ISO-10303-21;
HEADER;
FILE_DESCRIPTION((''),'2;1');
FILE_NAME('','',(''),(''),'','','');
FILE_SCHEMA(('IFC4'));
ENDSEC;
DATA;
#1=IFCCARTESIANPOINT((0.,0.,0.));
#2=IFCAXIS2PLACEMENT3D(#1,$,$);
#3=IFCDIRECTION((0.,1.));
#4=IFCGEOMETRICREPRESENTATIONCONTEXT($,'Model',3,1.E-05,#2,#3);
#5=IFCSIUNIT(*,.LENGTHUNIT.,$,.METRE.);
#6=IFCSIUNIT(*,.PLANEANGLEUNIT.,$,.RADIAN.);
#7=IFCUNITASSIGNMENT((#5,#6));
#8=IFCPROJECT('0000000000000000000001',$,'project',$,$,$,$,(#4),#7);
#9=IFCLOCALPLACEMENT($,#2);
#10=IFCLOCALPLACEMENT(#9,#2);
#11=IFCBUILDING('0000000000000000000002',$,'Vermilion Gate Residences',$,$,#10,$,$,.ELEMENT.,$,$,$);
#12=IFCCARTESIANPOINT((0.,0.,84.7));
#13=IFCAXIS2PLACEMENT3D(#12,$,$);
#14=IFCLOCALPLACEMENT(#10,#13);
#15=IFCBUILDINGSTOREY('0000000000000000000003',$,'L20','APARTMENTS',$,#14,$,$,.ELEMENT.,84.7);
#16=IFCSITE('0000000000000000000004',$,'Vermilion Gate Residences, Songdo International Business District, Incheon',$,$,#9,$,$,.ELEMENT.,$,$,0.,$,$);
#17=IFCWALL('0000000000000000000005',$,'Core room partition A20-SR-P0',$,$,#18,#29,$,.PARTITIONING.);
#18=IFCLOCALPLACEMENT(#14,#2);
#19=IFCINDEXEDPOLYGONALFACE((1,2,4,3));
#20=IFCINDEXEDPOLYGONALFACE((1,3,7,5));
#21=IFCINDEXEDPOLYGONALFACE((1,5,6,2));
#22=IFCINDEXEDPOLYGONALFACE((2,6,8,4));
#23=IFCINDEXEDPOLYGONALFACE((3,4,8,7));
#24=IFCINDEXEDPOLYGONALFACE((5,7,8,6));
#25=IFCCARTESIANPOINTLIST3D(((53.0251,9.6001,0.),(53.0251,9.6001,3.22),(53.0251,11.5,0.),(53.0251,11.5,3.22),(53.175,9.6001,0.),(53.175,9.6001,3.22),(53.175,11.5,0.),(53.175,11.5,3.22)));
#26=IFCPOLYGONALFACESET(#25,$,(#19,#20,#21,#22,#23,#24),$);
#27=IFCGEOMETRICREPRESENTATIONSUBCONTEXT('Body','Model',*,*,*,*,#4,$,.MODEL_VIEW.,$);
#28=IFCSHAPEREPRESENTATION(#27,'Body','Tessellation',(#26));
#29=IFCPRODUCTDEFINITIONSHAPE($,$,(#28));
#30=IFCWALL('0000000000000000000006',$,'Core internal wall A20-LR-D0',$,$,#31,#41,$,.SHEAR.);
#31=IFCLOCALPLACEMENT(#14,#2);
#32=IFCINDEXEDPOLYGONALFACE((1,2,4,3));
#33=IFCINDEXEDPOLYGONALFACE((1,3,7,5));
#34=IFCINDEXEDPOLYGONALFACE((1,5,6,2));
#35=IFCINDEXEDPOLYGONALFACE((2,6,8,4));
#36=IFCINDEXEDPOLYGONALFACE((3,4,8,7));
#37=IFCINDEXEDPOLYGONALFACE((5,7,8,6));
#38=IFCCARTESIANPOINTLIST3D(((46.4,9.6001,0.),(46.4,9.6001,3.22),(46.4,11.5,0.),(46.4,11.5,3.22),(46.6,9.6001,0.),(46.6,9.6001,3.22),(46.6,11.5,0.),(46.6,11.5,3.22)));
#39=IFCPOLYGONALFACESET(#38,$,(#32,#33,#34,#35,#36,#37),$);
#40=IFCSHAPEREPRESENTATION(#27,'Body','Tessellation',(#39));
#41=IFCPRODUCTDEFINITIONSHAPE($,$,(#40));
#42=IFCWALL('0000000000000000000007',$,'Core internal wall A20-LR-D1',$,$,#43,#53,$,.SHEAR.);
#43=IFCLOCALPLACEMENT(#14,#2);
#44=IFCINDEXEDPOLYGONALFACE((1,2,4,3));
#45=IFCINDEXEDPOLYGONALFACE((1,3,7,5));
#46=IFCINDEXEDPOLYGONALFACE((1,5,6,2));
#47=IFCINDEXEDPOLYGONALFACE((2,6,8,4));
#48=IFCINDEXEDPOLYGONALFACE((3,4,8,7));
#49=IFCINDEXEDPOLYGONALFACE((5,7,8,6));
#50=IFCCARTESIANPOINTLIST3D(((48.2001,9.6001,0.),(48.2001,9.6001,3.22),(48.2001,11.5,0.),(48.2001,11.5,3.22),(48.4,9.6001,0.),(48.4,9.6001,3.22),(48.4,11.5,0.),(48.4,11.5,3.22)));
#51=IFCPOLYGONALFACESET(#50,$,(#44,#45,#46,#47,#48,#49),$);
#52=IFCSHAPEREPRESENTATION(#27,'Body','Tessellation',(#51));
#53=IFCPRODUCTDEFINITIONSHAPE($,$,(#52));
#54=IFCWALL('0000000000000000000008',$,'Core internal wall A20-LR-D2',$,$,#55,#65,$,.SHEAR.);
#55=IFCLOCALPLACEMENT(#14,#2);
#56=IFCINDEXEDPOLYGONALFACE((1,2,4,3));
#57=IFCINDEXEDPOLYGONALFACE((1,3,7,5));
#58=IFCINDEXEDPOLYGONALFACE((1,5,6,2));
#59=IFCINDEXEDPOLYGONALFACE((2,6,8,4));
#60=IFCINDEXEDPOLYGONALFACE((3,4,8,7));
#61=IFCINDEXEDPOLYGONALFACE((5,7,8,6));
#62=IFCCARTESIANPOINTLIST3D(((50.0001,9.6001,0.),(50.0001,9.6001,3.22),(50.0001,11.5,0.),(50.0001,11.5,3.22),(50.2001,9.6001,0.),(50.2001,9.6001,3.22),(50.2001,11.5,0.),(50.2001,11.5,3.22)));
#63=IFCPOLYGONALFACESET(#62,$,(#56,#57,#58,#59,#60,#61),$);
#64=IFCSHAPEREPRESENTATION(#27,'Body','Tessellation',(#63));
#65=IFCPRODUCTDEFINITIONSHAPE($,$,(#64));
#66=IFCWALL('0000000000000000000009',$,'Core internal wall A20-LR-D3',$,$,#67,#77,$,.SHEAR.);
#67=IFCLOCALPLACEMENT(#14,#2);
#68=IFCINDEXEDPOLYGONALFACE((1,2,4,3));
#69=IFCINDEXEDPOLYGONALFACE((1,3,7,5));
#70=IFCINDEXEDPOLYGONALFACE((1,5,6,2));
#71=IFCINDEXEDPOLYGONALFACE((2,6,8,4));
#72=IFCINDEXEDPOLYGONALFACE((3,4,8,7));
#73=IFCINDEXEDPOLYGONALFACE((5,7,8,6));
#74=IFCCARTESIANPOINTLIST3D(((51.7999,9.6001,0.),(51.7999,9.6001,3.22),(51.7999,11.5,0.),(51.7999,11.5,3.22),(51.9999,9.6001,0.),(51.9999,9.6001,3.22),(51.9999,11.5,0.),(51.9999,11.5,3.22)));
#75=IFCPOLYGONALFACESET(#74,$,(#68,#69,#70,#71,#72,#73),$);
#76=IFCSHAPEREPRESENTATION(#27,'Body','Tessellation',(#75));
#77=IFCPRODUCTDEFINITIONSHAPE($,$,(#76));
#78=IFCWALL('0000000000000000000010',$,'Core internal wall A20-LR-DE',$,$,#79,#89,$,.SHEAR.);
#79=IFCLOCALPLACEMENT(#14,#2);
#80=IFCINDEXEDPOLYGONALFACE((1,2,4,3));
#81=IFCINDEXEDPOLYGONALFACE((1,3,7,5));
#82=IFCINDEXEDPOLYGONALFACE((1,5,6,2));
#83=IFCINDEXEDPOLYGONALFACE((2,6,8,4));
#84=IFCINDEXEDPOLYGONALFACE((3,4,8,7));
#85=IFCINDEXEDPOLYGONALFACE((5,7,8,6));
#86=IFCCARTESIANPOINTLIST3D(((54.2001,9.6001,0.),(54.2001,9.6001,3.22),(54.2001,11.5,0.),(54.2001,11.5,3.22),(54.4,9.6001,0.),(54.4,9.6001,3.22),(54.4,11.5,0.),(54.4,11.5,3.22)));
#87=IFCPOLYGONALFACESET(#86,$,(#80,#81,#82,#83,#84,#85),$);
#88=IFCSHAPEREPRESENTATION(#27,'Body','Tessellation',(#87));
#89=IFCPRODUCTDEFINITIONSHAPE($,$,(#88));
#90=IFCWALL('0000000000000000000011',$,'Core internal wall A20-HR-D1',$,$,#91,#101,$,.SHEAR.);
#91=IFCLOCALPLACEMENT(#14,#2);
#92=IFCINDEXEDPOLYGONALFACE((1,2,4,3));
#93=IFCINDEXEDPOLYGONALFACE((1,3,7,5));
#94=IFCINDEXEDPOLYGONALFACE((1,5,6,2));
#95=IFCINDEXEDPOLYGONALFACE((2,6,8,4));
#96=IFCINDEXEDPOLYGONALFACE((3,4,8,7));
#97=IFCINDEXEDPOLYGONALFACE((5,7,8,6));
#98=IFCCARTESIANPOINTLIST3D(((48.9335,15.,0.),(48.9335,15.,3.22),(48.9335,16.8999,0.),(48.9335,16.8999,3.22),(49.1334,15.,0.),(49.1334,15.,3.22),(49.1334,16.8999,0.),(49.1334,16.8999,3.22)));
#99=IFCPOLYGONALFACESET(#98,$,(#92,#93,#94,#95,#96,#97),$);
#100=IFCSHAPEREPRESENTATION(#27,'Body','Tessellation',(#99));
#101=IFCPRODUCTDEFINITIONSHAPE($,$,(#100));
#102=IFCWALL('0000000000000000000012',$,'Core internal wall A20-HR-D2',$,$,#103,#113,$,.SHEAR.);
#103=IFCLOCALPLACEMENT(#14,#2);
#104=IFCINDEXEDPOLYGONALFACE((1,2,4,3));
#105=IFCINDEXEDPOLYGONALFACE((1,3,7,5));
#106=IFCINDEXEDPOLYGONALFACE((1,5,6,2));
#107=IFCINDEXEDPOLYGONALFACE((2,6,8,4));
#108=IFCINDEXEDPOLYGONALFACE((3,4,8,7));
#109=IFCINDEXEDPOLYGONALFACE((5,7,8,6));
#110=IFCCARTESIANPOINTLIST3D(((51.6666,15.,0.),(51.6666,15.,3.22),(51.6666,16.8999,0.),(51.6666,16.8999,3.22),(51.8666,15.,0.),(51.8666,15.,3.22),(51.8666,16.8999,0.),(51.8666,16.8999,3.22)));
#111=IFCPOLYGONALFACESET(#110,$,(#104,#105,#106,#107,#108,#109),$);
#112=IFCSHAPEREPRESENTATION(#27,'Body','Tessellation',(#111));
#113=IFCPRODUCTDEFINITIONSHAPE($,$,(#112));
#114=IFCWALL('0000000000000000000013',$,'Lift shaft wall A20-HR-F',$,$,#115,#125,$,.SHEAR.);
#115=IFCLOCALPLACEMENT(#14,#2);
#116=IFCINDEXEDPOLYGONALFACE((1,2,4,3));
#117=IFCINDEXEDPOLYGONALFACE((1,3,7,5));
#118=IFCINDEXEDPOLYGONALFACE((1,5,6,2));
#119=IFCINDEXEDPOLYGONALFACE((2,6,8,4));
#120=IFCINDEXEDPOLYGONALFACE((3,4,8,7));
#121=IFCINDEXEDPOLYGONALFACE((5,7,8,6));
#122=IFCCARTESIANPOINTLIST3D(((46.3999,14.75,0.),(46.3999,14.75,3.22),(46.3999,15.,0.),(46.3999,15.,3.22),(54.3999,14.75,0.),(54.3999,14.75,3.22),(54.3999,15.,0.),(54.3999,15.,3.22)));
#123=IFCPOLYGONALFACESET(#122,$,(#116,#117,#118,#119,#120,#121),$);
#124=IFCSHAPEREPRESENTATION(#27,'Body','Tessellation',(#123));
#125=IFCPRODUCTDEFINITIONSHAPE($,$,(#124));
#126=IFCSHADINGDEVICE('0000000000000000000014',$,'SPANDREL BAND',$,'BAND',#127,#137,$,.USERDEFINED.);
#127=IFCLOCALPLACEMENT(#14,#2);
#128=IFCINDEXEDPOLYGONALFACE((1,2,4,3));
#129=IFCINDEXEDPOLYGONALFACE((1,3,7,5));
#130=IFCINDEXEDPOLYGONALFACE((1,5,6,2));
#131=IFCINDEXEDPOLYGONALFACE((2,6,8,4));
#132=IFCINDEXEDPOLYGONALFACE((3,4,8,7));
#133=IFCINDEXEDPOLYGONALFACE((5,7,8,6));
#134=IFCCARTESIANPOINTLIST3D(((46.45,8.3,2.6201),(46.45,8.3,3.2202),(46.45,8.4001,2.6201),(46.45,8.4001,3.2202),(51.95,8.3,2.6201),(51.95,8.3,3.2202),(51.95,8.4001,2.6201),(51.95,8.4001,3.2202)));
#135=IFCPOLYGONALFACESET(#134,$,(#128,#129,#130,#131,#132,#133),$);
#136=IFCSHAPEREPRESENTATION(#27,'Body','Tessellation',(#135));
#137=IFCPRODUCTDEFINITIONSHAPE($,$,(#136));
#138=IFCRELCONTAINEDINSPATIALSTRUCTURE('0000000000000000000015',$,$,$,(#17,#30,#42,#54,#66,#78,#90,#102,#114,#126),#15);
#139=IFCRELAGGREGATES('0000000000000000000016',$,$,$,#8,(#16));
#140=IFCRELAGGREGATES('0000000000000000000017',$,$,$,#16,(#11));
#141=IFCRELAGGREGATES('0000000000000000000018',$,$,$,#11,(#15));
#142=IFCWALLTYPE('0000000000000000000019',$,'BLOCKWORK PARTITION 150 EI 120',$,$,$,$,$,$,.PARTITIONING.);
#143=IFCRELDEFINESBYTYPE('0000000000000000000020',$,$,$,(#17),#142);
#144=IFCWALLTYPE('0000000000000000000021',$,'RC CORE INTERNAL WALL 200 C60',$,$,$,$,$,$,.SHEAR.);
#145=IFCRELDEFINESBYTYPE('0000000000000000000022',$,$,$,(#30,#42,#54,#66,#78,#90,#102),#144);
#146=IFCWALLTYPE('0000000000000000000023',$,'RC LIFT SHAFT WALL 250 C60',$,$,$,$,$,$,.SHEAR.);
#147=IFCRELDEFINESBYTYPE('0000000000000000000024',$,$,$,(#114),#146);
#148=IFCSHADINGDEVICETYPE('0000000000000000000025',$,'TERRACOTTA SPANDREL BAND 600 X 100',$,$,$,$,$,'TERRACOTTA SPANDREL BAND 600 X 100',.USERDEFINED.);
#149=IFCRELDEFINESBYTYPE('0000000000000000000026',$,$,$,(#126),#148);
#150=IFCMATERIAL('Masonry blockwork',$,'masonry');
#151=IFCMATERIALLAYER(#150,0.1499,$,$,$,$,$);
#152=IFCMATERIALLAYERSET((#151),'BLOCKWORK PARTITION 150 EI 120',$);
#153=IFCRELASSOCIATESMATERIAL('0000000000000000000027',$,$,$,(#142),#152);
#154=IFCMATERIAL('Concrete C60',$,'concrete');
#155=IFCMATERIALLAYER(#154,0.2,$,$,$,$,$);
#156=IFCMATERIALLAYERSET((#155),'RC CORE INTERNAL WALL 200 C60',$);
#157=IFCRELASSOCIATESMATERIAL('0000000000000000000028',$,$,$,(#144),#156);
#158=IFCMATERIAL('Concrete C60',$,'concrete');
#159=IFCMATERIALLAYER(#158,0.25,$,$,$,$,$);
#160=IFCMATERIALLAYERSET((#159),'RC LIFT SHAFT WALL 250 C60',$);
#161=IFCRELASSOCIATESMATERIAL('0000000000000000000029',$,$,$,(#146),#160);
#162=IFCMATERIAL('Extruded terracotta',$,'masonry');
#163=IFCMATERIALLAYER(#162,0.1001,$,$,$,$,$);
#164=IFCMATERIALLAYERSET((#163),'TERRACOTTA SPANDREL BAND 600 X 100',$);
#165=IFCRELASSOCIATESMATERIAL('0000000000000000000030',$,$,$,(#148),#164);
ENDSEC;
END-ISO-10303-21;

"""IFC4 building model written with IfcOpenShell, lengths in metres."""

from ifc_helpers import new_model, si_unit, direction, frame, frame_2d, origin, origin_2d, place, context, subcontext, project, spatial, rectangle, extrude, material, layer, layer_set, type_object, element, save


model = new_model("IFC4")

# Units and contexts
model_context = context("Model", 3, precision=1e-05, world=origin(), true_north=direction((0.0, 1.0)))
body_context = subcontext(model_context, "Body", "Model", "MODEL_VIEW")
ifc_project = project(units=[si_unit("LENGTHUNIT", "METRE"), si_unit("PLANEANGLEUNIT", "RADIAN")], contexts=[model_context])

# Site, building, storey
site_placement = place(None, origin())
site = spatial("IfcSite", under=ifc_project, at=site_placement, Name="Vermilion Gate Residences, Songdo International Business District, Incheon", CompositionType="ELEMENT", RefElevation=0.0)
building_placement = place(site_placement, origin())
building = spatial("IfcBuilding", under=site, at=building_placement, Name="Vermilion Gate Residences", CompositionType="ELEMENT")
storey_placement = place(building_placement, frame((0.0, 0.0, 84.7)))
storey = spatial("IfcBuildingStorey", under=building, at=storey_placement, Name="L20", Description="APARTMENTS", CompositionType="ELEMENT", Elevation=84.7)

# Walls
ifc_material_1 = material(Name="Masonry blockwork", Category="masonry")
ifc_layer_1 = layer(ifc_material_1, 0.1499)
ifc_layer_set_1 = layer_set([ifc_layer_1], Name="BLOCKWORK PARTITION 150 EI 120")
wall_type_1 = type_object("IfcWallType", Name="BLOCKWORK PARTITION 150 EI 120", PredefinedType="PARTITIONING", material=ifc_layer_set_1)
wall_1_placement = place(storey_placement, frame((53.1001, 9.6001, 0.0), z_axis=(0.0, 0.0, 1.0), x_axis=(0.0, 1.0, 0.0)))
element("IfcWall", 1, at=wall_1_placement, inside=storey, type_object=wall_type_1, Name="Core room partition A20-SR-P0", PredefinedType="PARTITIONING", context=body_context, shape_type="SweptSolid", body=[
    extrude(rectangle(XDim=1.8999, YDim=0.1499, at=frame_2d((0.95, 0.0))), origin(), (0.0, 0.0, 1.0), 3.22),
])
ifc_material_2 = material(Name="Concrete C60", Category="concrete")
ifc_layer_2 = layer(ifc_material_2, 0.2)
ifc_layer_set_2 = layer_set([ifc_layer_2], Name="RC CORE INTERNAL WALL 200 C60")
wall_type_2 = type_object("IfcWallType", Name="RC CORE INTERNAL WALL 200 C60", PredefinedType="SHEAR", material=ifc_layer_set_2)
for number, where, z_axis, x_axis, name in (
    (2, (46.5, 9.6001, 0.0), (0.0, 0.0, 1.0), (0.0, 1.0, 0.0), "Core internal wall A20-LR-D0"),
    (3, (48.3, 9.6001, 0.0), (0.0, 0.0, 1.0), (0.0, 1.0, 0.0), "Core internal wall A20-LR-D1"),
    (4, (50.1001, 9.6001, 0.0), (0.0, 0.0, 1.0), (0.0, 1.0, 0.0), "Core internal wall A20-LR-D2"),
    (5, (51.8999, 9.6001, 0.0), (0.0, 0.0, 1.0), (0.0, 1.0, 0.0), "Core internal wall A20-LR-D3"),
    (6, (54.3, 9.6001, 0.0), (0.0, 0.0, 1.0), (0.0, 1.0, 0.0), "Core internal wall A20-LR-DE"),
    (7, (49.0334, 15.0, 0.0), (0.0, 0.0, 1.0), (0.0, 1.0, 0.0), "Core internal wall A20-HR-D1"),
    (8, (51.7666, 15.0, 0.0), (0.0, 0.0, 1.0), (0.0, 1.0, 0.0), "Core internal wall A20-HR-D2"),
):
    element("IfcWall", number, at=place(storey_placement, frame(where, z_axis=z_axis, x_axis=x_axis)), inside=storey, type_object=wall_type_2, Name=name, PredefinedType="SHEAR", context=body_context, shape_type="SweptSolid", body=[
        extrude(rectangle(XDim=1.8999, YDim=0.2, at=frame_2d((0.95, 0.0))), origin(), (0.0, 0.0, 1.0), 3.22),
    ])
ifc_material_3 = material(Name="Concrete C60", Category="concrete")
ifc_layer_3 = layer(ifc_material_3, 0.25)
ifc_layer_set_3 = layer_set([ifc_layer_3], Name="RC LIFT SHAFT WALL 250 C60")
wall_type_3 = type_object("IfcWallType", Name="RC LIFT SHAFT WALL 250 C60", PredefinedType="SHEAR", material=ifc_layer_set_3)
wall_2_placement = place(storey_placement, frame((46.3999, 14.875, 0.0), z_axis=(0.0, 0.0, 1.0), x_axis=(1.0, 0.0, 0.0)))
element("IfcWall", 9, at=wall_2_placement, inside=storey, type_object=wall_type_3, Name="Lift shaft wall A20-HR-F", PredefinedType="SHEAR", context=body_context, shape_type="SweptSolid", body=[
    extrude(rectangle(XDim=8.0, YDim=0.25, at=frame_2d((4.0, 0.0))), origin(), (0.0, 0.0, 1.0), 3.22),
])

# Shading device
ifc_material_4 = material(Name="Extruded terracotta", Category="masonry")
ifc_layer_4 = layer(ifc_material_4, 0.1001)
ifc_layer_set_4 = layer_set([ifc_layer_4], Name="TERRACOTTA SPANDREL BAND 600 X 100")
shading_device_type = type_object("IfcShadingDeviceType", Name="TERRACOTTA SPANDREL BAND 600 X 100", ElementType="TERRACOTTA SPANDREL BAND 600 X 100", PredefinedType="USERDEFINED", material=ifc_layer_set_4)
shading_device_placement = place(storey_placement, frame((49.2, 8.3501, 2.6201), z_axis=(0.0, 0.0, 1.0), x_axis=(1.0, 0.0, 0.0)))
element("IfcShadingDevice", 10, at=shading_device_placement, inside=storey, type_object=shading_device_type, Name="SPANDREL BAND", ObjectType="BAND", PredefinedType="USERDEFINED", context=body_context, shape_type="SweptSolid", body=[
    extrude(rectangle(XDim=5.5, YDim=0.1001, at=origin_2d()), origin(), (0.0, 0.0, 1.0), 0.6001),
])

save(model, "model.ifc")
